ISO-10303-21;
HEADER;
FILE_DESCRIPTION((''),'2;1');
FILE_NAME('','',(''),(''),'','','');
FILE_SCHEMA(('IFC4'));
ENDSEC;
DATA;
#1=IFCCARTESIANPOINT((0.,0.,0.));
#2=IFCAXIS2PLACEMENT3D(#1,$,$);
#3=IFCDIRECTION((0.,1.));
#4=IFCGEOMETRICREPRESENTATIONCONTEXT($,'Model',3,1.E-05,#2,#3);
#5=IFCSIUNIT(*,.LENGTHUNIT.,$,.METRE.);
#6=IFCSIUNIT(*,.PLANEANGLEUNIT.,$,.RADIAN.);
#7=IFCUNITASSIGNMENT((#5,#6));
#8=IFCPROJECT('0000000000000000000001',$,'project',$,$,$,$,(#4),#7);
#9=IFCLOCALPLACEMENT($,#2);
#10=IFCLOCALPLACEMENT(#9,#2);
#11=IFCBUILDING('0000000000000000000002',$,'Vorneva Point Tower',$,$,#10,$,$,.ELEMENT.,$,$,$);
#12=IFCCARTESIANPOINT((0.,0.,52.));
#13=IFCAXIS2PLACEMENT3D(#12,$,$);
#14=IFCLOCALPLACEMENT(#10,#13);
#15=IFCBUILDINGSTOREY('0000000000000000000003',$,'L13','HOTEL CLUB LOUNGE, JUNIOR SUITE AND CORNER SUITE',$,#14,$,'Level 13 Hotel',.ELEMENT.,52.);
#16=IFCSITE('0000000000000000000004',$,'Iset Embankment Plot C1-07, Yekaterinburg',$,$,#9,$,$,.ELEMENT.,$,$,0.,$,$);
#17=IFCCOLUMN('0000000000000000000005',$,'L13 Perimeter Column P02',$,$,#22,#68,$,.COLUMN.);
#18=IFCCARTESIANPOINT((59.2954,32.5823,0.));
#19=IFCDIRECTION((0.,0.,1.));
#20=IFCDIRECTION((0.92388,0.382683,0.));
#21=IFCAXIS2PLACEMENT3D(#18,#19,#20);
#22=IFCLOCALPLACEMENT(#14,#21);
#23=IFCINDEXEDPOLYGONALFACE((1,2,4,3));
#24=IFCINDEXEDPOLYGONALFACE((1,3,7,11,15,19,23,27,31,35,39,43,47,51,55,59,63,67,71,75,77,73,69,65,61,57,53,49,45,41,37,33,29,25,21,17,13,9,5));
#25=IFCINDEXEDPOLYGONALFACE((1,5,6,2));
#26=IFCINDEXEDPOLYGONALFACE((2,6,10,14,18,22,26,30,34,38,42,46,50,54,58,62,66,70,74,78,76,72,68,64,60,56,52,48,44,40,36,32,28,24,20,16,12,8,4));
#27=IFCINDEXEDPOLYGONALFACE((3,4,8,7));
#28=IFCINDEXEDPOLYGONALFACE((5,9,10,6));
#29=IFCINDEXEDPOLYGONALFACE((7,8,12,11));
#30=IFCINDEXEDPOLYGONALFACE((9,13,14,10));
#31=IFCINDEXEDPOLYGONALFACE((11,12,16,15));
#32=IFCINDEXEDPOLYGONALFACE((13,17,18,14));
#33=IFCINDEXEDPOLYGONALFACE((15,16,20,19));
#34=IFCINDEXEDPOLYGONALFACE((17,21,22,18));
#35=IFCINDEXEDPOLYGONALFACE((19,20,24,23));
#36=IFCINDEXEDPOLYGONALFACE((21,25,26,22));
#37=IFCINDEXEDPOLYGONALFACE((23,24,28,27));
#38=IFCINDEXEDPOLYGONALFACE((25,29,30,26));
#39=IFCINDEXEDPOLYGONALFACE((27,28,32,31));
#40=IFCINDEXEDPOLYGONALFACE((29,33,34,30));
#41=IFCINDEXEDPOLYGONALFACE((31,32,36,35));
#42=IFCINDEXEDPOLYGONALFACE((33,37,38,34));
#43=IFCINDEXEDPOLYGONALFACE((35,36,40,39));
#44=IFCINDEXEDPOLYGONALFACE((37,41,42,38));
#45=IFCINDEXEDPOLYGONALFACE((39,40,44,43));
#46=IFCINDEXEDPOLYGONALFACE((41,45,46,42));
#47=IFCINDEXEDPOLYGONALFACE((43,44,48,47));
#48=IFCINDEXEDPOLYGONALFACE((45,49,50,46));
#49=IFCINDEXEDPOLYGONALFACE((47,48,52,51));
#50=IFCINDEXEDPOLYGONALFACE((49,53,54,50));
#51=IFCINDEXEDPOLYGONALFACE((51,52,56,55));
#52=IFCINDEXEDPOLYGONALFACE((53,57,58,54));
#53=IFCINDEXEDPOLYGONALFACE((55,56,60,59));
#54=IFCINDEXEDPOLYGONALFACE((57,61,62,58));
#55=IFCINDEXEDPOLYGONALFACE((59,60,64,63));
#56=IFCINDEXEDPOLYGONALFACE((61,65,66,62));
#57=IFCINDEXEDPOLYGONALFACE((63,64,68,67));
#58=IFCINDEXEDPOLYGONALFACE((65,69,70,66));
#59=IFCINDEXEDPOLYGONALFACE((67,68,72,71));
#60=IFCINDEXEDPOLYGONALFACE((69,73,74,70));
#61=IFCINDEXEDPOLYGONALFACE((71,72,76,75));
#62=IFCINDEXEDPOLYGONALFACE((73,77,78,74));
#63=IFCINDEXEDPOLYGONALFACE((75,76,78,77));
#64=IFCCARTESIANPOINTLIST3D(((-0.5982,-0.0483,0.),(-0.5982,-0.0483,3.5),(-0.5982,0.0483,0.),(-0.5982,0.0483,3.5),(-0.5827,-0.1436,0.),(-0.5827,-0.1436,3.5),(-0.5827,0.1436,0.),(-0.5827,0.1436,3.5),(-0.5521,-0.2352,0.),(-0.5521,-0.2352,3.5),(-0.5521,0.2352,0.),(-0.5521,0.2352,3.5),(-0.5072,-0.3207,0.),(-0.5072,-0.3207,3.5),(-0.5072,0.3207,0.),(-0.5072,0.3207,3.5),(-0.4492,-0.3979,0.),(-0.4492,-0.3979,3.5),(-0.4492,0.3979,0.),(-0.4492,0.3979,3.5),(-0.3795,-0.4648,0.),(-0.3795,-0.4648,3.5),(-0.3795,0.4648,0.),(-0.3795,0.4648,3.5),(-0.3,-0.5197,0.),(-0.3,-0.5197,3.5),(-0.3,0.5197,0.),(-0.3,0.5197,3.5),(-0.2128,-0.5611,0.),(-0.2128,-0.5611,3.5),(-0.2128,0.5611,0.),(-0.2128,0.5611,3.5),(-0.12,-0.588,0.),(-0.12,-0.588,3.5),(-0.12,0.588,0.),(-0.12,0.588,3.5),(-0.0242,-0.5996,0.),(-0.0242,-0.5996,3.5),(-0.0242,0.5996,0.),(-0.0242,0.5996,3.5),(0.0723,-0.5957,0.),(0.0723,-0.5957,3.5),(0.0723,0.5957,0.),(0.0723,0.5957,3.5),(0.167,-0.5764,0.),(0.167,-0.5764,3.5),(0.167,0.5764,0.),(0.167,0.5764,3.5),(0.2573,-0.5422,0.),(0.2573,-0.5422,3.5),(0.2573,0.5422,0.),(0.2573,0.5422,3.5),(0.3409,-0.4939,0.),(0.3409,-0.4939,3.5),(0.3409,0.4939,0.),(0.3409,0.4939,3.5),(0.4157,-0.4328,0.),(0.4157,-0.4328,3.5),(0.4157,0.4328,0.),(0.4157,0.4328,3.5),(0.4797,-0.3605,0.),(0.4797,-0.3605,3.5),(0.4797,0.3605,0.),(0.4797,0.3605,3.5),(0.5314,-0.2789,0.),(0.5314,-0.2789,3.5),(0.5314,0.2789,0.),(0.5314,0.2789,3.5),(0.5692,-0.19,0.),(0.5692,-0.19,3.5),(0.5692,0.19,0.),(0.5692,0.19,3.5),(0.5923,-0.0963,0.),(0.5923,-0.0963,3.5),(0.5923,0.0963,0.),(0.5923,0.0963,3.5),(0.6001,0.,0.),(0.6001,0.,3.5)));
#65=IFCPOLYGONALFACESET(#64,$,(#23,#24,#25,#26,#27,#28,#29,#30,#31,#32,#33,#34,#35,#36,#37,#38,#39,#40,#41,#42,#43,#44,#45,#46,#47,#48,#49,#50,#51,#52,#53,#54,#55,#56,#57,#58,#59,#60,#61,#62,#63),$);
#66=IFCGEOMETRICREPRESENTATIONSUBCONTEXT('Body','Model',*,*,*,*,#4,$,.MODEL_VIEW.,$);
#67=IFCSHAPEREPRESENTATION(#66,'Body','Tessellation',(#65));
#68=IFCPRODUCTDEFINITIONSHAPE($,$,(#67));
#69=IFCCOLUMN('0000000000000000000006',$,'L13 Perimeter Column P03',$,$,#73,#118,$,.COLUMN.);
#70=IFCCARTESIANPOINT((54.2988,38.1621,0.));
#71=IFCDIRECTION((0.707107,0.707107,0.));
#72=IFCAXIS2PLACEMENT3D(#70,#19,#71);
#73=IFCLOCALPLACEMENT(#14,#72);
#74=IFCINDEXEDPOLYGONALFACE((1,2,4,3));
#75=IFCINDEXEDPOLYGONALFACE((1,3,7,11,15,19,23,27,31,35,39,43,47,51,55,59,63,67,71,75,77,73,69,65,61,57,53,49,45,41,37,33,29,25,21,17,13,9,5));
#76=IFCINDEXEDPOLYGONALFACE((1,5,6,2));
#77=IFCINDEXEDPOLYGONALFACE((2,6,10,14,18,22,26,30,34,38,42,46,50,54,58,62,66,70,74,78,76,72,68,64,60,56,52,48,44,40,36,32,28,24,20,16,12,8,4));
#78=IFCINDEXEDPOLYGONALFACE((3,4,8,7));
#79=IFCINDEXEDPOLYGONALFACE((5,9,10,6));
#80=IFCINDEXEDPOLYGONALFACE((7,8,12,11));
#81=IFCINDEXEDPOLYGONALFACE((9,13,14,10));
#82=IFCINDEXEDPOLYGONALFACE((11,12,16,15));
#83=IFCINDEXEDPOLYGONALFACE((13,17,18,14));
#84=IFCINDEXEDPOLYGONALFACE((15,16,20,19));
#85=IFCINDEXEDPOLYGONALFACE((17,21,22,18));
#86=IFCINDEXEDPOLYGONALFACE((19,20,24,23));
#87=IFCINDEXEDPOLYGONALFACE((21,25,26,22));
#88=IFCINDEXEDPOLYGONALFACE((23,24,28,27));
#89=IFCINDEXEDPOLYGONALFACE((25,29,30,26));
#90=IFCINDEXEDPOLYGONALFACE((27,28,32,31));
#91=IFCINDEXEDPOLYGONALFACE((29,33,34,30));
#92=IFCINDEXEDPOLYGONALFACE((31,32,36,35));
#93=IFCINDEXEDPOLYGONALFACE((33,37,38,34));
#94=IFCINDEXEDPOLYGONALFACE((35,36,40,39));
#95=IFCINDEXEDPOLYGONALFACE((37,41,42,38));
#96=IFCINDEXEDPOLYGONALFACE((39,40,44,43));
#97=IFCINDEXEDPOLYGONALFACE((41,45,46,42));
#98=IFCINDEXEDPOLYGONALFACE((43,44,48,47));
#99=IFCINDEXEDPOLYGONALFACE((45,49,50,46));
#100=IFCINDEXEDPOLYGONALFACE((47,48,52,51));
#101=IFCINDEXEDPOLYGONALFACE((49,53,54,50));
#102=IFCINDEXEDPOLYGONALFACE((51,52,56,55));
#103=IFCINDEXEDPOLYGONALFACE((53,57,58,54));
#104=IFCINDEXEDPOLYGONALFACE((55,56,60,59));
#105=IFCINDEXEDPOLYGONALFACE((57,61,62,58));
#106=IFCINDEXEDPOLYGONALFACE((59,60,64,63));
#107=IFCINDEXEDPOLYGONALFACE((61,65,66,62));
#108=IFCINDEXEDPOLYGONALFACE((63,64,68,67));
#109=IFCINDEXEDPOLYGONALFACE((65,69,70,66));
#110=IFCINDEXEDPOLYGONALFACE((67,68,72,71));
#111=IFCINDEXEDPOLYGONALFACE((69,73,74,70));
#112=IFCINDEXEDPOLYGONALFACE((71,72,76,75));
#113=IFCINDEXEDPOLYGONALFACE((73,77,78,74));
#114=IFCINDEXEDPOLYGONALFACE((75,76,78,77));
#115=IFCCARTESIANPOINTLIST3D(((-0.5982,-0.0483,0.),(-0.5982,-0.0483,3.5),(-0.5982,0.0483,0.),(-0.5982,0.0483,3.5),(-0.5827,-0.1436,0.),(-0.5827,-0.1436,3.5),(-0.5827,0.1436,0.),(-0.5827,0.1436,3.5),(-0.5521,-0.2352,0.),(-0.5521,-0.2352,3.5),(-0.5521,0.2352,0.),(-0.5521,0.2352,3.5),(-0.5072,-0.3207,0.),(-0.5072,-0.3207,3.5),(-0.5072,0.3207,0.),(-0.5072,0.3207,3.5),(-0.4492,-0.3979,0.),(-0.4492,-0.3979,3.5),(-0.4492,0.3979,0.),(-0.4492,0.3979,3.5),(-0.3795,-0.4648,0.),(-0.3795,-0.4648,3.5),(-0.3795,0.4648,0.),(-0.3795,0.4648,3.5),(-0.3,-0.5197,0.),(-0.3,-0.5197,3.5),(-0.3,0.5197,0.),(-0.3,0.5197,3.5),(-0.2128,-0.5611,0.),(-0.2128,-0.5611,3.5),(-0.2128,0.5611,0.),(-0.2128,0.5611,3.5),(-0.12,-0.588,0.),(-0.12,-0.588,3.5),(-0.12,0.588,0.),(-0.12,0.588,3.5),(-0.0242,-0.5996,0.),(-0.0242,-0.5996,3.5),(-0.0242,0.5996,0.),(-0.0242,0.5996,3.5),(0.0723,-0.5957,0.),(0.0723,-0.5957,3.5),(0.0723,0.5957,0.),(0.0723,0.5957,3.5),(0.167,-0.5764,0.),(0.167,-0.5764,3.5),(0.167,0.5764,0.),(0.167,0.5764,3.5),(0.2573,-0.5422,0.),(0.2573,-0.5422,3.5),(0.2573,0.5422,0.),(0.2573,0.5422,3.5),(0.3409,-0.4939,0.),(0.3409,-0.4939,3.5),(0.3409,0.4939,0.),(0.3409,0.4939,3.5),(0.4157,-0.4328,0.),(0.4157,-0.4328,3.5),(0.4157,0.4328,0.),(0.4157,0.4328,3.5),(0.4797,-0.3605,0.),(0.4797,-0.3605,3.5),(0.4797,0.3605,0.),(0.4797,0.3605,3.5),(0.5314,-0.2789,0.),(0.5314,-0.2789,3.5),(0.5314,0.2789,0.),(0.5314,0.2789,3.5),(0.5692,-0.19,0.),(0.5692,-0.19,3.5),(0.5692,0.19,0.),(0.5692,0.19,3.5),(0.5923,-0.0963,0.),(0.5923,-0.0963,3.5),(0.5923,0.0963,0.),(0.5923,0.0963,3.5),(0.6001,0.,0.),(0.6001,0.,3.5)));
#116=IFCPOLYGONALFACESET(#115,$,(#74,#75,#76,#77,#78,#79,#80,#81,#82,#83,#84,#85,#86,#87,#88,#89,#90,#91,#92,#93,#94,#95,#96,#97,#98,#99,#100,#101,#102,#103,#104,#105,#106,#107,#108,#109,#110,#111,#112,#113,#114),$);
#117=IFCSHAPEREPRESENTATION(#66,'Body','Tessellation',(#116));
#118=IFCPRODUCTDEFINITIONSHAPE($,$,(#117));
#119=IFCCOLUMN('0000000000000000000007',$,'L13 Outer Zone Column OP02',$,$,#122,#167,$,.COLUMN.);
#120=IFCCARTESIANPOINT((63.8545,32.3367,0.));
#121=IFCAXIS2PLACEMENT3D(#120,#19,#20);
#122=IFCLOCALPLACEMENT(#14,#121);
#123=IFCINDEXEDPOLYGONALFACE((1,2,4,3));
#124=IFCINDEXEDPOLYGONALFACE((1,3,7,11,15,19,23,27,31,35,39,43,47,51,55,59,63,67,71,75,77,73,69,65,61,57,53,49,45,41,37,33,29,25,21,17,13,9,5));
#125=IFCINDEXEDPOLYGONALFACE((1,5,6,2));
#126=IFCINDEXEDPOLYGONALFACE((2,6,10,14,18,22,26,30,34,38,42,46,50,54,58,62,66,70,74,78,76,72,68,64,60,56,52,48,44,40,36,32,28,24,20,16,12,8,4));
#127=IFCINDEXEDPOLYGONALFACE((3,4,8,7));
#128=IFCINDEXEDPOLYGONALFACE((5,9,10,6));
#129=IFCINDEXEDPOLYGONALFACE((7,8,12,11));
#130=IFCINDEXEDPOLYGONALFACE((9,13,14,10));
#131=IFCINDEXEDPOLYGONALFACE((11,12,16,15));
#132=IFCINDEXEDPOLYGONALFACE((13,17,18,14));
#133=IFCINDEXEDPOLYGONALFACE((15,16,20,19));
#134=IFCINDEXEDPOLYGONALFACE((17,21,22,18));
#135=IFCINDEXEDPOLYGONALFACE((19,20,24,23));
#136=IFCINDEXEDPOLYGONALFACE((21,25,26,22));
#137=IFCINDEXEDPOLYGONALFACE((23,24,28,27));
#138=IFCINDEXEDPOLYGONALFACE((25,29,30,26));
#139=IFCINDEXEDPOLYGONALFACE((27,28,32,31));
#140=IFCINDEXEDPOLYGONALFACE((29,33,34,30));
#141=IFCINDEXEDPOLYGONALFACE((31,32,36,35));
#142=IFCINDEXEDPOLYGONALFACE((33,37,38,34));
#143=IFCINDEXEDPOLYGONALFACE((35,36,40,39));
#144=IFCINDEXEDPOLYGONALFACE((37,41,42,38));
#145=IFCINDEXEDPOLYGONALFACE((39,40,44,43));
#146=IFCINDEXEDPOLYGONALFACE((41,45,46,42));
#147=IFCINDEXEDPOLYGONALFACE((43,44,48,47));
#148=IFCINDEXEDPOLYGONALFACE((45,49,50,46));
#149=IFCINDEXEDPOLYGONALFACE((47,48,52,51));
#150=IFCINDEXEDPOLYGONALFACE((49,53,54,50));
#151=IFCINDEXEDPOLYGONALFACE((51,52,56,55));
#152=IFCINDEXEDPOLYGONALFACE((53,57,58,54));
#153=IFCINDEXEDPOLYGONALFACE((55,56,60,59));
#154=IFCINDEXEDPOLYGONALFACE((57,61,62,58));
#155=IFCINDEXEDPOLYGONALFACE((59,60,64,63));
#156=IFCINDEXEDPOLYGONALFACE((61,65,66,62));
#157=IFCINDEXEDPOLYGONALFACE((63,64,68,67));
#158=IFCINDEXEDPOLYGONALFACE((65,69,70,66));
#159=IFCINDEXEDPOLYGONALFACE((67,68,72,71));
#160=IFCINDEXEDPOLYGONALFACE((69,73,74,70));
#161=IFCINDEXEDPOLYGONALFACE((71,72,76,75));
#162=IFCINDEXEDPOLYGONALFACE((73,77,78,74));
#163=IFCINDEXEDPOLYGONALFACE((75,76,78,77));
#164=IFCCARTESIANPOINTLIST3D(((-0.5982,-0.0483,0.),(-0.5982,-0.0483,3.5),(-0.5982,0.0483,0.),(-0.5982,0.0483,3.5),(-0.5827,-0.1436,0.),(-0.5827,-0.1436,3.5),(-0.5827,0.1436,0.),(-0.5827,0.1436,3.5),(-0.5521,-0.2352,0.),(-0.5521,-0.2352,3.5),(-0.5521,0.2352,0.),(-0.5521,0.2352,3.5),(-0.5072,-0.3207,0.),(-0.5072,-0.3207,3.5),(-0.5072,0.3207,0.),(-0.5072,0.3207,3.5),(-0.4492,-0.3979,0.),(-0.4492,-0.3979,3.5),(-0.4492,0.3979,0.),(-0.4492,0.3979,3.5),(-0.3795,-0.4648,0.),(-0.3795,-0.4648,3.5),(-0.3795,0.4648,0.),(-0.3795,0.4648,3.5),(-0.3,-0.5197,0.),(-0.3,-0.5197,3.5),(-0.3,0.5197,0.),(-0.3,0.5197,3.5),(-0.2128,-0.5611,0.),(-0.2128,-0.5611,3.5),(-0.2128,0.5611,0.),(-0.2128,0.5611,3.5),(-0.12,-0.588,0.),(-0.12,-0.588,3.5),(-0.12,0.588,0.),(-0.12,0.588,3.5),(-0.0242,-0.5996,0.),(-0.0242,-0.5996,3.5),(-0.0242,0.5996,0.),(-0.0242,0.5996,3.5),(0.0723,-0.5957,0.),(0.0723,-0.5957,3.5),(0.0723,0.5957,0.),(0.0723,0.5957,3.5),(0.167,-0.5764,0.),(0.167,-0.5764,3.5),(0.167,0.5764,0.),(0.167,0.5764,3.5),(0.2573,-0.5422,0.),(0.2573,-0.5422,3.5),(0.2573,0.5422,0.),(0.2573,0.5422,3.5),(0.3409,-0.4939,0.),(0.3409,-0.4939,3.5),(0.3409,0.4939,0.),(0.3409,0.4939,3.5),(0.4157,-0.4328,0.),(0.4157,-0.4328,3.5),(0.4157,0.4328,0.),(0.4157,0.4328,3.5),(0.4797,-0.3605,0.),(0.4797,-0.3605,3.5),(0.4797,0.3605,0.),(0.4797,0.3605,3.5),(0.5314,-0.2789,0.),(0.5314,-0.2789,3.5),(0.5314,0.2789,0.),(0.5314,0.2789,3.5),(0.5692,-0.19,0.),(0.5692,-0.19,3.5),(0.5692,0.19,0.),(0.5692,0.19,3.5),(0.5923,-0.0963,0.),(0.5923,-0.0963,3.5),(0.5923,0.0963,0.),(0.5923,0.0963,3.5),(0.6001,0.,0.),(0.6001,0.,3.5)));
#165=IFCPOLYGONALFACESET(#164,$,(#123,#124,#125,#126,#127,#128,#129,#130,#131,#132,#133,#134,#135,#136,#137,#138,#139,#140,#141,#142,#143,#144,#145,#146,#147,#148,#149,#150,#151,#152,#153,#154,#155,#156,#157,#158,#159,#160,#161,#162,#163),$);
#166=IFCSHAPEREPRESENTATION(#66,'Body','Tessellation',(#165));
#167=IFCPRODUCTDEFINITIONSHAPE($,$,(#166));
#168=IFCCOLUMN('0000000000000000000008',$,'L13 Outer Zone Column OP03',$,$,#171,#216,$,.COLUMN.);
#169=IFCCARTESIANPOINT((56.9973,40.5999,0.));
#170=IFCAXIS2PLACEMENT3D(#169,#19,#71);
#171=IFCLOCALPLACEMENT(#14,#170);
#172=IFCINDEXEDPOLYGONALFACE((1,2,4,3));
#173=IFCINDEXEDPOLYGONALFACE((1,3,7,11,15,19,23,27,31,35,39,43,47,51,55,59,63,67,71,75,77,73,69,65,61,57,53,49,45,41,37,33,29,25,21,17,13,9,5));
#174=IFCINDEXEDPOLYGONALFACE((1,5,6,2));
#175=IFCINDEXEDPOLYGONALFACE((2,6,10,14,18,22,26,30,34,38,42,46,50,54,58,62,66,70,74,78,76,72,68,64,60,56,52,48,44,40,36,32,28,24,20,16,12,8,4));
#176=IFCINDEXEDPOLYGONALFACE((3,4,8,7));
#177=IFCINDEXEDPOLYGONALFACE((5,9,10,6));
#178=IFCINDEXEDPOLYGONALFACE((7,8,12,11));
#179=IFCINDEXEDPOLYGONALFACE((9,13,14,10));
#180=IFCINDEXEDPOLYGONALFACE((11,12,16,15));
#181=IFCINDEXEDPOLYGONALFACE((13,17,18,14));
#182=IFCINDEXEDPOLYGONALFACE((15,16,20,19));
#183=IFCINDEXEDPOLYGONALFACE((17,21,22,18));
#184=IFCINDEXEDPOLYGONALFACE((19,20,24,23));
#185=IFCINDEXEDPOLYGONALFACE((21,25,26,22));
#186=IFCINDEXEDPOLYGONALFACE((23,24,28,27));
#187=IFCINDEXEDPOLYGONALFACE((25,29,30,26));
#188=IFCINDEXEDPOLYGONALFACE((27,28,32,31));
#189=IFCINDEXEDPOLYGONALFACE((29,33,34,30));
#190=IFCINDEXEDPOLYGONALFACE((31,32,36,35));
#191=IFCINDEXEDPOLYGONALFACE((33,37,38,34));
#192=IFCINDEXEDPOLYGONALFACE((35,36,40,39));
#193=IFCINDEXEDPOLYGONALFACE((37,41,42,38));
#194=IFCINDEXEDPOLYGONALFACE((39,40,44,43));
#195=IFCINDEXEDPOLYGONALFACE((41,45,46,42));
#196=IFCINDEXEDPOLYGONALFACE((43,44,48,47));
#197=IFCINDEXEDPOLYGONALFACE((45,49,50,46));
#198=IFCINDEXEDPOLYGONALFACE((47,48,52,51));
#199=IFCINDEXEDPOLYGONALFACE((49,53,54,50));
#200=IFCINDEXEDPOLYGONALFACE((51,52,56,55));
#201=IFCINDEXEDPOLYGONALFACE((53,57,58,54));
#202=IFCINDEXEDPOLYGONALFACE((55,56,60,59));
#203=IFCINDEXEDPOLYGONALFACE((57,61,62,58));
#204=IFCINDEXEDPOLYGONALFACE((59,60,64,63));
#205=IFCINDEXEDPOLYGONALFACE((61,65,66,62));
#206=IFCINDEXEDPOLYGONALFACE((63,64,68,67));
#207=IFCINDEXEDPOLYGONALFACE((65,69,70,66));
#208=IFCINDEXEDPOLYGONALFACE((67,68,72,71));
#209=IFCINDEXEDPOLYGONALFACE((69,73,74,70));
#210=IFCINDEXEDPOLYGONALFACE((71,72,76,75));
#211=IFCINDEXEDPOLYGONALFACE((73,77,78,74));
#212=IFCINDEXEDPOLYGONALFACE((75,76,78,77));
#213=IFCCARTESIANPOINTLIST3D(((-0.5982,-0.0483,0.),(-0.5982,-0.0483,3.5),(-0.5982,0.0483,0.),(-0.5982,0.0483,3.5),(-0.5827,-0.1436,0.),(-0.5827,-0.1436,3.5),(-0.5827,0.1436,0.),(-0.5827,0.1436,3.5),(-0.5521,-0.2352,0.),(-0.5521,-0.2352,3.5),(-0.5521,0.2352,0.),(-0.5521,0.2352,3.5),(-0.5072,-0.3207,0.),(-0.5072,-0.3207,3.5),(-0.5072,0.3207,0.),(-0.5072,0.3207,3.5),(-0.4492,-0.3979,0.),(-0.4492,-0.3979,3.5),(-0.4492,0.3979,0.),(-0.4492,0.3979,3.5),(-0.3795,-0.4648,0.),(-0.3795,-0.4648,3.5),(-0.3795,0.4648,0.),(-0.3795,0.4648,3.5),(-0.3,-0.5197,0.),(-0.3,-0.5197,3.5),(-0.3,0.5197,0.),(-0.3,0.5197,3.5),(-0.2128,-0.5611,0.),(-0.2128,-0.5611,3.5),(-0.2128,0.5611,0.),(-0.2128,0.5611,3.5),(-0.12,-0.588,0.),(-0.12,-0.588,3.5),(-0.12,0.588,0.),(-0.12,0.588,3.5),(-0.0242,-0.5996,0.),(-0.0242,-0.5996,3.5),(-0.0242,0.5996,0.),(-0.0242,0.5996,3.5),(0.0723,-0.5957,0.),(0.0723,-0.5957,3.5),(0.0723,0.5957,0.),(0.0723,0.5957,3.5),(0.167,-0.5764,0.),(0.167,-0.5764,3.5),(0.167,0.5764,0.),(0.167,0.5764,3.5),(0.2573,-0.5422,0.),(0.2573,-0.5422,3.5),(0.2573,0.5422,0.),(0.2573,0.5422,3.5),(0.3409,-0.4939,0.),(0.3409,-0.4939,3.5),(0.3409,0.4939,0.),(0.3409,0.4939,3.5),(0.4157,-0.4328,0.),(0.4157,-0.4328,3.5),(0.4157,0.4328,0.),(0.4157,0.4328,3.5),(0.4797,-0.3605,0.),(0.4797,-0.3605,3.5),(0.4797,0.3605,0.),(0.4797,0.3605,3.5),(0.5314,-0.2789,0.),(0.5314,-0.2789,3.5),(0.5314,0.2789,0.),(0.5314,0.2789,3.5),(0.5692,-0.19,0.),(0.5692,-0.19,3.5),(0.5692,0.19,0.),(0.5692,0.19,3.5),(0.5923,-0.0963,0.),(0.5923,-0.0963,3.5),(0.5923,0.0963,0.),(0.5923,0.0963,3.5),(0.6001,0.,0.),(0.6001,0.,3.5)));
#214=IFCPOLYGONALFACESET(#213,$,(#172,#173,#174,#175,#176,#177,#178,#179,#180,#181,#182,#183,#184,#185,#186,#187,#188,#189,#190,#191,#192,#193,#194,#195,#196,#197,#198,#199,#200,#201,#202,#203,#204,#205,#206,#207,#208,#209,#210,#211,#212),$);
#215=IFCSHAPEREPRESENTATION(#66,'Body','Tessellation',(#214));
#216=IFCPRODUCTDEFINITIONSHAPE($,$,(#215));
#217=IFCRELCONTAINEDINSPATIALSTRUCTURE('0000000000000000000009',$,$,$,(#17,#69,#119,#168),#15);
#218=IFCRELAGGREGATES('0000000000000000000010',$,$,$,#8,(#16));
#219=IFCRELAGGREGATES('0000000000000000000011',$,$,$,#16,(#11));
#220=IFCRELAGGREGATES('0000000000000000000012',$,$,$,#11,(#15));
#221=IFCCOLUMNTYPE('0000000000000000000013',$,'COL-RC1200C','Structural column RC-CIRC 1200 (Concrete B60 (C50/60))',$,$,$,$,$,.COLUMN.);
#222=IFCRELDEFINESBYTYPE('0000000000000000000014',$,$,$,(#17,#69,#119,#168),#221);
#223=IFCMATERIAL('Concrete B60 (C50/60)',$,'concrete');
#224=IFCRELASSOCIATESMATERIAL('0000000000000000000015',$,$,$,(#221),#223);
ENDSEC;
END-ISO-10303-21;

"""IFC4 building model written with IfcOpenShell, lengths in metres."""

from ifc_helpers import new_model, si_unit, direction, frame, origin, origin_2d, place, context, subcontext, project, spatial, circle, extrude, material, material_profile, profile_set, type_object, element, save


model = new_model("IFC4")

# Units and contexts
model_context = context("Model", 3, precision=1e-05, world=origin(), true_north=direction((0.0, 1.0)))
body_context = subcontext(model_context, "Body", "Model", "MODEL_VIEW")
ifc_project = project(units=[si_unit("LENGTHUNIT", "METRE"), si_unit("PLANEANGLEUNIT", "RADIAN")], contexts=[model_context])

# Site, building, storey
site_placement = place(None, origin())
site = spatial("IfcSite", under=ifc_project, at=site_placement, Name="Iset Embankment Plot C1-07, Yekaterinburg", CompositionType="ELEMENT", RefElevation=0.0)
building_placement = place(site_placement, origin())
building = spatial("IfcBuilding", under=site, at=building_placement, Name="Vorneva Point Tower", CompositionType="ELEMENT")
storey_placement = place(building_placement, frame((0.0, 0.0, 52.0)))
storey = spatial("IfcBuildingStorey", under=building, at=storey_placement, Name="L13", Description="HOTEL CLUB LOUNGE, JUNIOR SUITE AND CORNER SUITE", LongName="Level 13 Hotel", CompositionType="ELEMENT", Elevation=52.0)

# Columns
ifc_material_1 = material(Name="Concrete B60 (C50/60)", Category="concrete")
ifc_material_profile_1 = material_profile(ifc_material_1, circle(Radius=0.6001, at=origin_2d()), Name="RC-CIRC 1200")
ifc_profile_set_1 = profile_set([ifc_material_profile_1], Name="Concrete B60 (C50/60)")
column_type = type_object("IfcColumnType", Name="COL-RC1200C", Description="Structural column RC-CIRC 1200 (Concrete B60 (C50/60))", PredefinedType="COLUMN", material=ifc_profile_set_1)
for number, where, z_axis, x_axis, name in (
    (1, (59.2954, 32.5823, 0.0), (0.0, 0.0, 1.0), (0.92388, 0.382683, 0.0), "L13 Perimeter Column P02"),
    (2, (54.2988, 38.1621, 0.0), (0.0, 0.0, 1.0), (0.707107, 0.707107, 0.0), "L13 Perimeter Column P03"),
    (3, (63.8545, 32.3367, 0.0), (0.0, 0.0, 1.0), (0.92388, 0.382683, 0.0), "L13 Outer Zone Column OP02"),
    (4, (56.9973, 40.5999, 0.0), (0.0, 0.0, 1.0), (0.707107, 0.707107, 0.0), "L13 Outer Zone Column OP03"),
):
    element("IfcColumn", number, at=place(storey_placement, frame(where, z_axis=z_axis, x_axis=x_axis)), inside=storey, type_object=column_type, Name=name, PredefinedType="COLUMN", context=body_context, shape_type="SweptSolid", body=[
        extrude(circle(Radius=0.6001, at=origin_2d()), origin(), (0.0, 0.0, 1.0), 3.5),
    ])

save(model, "model.ifc")
